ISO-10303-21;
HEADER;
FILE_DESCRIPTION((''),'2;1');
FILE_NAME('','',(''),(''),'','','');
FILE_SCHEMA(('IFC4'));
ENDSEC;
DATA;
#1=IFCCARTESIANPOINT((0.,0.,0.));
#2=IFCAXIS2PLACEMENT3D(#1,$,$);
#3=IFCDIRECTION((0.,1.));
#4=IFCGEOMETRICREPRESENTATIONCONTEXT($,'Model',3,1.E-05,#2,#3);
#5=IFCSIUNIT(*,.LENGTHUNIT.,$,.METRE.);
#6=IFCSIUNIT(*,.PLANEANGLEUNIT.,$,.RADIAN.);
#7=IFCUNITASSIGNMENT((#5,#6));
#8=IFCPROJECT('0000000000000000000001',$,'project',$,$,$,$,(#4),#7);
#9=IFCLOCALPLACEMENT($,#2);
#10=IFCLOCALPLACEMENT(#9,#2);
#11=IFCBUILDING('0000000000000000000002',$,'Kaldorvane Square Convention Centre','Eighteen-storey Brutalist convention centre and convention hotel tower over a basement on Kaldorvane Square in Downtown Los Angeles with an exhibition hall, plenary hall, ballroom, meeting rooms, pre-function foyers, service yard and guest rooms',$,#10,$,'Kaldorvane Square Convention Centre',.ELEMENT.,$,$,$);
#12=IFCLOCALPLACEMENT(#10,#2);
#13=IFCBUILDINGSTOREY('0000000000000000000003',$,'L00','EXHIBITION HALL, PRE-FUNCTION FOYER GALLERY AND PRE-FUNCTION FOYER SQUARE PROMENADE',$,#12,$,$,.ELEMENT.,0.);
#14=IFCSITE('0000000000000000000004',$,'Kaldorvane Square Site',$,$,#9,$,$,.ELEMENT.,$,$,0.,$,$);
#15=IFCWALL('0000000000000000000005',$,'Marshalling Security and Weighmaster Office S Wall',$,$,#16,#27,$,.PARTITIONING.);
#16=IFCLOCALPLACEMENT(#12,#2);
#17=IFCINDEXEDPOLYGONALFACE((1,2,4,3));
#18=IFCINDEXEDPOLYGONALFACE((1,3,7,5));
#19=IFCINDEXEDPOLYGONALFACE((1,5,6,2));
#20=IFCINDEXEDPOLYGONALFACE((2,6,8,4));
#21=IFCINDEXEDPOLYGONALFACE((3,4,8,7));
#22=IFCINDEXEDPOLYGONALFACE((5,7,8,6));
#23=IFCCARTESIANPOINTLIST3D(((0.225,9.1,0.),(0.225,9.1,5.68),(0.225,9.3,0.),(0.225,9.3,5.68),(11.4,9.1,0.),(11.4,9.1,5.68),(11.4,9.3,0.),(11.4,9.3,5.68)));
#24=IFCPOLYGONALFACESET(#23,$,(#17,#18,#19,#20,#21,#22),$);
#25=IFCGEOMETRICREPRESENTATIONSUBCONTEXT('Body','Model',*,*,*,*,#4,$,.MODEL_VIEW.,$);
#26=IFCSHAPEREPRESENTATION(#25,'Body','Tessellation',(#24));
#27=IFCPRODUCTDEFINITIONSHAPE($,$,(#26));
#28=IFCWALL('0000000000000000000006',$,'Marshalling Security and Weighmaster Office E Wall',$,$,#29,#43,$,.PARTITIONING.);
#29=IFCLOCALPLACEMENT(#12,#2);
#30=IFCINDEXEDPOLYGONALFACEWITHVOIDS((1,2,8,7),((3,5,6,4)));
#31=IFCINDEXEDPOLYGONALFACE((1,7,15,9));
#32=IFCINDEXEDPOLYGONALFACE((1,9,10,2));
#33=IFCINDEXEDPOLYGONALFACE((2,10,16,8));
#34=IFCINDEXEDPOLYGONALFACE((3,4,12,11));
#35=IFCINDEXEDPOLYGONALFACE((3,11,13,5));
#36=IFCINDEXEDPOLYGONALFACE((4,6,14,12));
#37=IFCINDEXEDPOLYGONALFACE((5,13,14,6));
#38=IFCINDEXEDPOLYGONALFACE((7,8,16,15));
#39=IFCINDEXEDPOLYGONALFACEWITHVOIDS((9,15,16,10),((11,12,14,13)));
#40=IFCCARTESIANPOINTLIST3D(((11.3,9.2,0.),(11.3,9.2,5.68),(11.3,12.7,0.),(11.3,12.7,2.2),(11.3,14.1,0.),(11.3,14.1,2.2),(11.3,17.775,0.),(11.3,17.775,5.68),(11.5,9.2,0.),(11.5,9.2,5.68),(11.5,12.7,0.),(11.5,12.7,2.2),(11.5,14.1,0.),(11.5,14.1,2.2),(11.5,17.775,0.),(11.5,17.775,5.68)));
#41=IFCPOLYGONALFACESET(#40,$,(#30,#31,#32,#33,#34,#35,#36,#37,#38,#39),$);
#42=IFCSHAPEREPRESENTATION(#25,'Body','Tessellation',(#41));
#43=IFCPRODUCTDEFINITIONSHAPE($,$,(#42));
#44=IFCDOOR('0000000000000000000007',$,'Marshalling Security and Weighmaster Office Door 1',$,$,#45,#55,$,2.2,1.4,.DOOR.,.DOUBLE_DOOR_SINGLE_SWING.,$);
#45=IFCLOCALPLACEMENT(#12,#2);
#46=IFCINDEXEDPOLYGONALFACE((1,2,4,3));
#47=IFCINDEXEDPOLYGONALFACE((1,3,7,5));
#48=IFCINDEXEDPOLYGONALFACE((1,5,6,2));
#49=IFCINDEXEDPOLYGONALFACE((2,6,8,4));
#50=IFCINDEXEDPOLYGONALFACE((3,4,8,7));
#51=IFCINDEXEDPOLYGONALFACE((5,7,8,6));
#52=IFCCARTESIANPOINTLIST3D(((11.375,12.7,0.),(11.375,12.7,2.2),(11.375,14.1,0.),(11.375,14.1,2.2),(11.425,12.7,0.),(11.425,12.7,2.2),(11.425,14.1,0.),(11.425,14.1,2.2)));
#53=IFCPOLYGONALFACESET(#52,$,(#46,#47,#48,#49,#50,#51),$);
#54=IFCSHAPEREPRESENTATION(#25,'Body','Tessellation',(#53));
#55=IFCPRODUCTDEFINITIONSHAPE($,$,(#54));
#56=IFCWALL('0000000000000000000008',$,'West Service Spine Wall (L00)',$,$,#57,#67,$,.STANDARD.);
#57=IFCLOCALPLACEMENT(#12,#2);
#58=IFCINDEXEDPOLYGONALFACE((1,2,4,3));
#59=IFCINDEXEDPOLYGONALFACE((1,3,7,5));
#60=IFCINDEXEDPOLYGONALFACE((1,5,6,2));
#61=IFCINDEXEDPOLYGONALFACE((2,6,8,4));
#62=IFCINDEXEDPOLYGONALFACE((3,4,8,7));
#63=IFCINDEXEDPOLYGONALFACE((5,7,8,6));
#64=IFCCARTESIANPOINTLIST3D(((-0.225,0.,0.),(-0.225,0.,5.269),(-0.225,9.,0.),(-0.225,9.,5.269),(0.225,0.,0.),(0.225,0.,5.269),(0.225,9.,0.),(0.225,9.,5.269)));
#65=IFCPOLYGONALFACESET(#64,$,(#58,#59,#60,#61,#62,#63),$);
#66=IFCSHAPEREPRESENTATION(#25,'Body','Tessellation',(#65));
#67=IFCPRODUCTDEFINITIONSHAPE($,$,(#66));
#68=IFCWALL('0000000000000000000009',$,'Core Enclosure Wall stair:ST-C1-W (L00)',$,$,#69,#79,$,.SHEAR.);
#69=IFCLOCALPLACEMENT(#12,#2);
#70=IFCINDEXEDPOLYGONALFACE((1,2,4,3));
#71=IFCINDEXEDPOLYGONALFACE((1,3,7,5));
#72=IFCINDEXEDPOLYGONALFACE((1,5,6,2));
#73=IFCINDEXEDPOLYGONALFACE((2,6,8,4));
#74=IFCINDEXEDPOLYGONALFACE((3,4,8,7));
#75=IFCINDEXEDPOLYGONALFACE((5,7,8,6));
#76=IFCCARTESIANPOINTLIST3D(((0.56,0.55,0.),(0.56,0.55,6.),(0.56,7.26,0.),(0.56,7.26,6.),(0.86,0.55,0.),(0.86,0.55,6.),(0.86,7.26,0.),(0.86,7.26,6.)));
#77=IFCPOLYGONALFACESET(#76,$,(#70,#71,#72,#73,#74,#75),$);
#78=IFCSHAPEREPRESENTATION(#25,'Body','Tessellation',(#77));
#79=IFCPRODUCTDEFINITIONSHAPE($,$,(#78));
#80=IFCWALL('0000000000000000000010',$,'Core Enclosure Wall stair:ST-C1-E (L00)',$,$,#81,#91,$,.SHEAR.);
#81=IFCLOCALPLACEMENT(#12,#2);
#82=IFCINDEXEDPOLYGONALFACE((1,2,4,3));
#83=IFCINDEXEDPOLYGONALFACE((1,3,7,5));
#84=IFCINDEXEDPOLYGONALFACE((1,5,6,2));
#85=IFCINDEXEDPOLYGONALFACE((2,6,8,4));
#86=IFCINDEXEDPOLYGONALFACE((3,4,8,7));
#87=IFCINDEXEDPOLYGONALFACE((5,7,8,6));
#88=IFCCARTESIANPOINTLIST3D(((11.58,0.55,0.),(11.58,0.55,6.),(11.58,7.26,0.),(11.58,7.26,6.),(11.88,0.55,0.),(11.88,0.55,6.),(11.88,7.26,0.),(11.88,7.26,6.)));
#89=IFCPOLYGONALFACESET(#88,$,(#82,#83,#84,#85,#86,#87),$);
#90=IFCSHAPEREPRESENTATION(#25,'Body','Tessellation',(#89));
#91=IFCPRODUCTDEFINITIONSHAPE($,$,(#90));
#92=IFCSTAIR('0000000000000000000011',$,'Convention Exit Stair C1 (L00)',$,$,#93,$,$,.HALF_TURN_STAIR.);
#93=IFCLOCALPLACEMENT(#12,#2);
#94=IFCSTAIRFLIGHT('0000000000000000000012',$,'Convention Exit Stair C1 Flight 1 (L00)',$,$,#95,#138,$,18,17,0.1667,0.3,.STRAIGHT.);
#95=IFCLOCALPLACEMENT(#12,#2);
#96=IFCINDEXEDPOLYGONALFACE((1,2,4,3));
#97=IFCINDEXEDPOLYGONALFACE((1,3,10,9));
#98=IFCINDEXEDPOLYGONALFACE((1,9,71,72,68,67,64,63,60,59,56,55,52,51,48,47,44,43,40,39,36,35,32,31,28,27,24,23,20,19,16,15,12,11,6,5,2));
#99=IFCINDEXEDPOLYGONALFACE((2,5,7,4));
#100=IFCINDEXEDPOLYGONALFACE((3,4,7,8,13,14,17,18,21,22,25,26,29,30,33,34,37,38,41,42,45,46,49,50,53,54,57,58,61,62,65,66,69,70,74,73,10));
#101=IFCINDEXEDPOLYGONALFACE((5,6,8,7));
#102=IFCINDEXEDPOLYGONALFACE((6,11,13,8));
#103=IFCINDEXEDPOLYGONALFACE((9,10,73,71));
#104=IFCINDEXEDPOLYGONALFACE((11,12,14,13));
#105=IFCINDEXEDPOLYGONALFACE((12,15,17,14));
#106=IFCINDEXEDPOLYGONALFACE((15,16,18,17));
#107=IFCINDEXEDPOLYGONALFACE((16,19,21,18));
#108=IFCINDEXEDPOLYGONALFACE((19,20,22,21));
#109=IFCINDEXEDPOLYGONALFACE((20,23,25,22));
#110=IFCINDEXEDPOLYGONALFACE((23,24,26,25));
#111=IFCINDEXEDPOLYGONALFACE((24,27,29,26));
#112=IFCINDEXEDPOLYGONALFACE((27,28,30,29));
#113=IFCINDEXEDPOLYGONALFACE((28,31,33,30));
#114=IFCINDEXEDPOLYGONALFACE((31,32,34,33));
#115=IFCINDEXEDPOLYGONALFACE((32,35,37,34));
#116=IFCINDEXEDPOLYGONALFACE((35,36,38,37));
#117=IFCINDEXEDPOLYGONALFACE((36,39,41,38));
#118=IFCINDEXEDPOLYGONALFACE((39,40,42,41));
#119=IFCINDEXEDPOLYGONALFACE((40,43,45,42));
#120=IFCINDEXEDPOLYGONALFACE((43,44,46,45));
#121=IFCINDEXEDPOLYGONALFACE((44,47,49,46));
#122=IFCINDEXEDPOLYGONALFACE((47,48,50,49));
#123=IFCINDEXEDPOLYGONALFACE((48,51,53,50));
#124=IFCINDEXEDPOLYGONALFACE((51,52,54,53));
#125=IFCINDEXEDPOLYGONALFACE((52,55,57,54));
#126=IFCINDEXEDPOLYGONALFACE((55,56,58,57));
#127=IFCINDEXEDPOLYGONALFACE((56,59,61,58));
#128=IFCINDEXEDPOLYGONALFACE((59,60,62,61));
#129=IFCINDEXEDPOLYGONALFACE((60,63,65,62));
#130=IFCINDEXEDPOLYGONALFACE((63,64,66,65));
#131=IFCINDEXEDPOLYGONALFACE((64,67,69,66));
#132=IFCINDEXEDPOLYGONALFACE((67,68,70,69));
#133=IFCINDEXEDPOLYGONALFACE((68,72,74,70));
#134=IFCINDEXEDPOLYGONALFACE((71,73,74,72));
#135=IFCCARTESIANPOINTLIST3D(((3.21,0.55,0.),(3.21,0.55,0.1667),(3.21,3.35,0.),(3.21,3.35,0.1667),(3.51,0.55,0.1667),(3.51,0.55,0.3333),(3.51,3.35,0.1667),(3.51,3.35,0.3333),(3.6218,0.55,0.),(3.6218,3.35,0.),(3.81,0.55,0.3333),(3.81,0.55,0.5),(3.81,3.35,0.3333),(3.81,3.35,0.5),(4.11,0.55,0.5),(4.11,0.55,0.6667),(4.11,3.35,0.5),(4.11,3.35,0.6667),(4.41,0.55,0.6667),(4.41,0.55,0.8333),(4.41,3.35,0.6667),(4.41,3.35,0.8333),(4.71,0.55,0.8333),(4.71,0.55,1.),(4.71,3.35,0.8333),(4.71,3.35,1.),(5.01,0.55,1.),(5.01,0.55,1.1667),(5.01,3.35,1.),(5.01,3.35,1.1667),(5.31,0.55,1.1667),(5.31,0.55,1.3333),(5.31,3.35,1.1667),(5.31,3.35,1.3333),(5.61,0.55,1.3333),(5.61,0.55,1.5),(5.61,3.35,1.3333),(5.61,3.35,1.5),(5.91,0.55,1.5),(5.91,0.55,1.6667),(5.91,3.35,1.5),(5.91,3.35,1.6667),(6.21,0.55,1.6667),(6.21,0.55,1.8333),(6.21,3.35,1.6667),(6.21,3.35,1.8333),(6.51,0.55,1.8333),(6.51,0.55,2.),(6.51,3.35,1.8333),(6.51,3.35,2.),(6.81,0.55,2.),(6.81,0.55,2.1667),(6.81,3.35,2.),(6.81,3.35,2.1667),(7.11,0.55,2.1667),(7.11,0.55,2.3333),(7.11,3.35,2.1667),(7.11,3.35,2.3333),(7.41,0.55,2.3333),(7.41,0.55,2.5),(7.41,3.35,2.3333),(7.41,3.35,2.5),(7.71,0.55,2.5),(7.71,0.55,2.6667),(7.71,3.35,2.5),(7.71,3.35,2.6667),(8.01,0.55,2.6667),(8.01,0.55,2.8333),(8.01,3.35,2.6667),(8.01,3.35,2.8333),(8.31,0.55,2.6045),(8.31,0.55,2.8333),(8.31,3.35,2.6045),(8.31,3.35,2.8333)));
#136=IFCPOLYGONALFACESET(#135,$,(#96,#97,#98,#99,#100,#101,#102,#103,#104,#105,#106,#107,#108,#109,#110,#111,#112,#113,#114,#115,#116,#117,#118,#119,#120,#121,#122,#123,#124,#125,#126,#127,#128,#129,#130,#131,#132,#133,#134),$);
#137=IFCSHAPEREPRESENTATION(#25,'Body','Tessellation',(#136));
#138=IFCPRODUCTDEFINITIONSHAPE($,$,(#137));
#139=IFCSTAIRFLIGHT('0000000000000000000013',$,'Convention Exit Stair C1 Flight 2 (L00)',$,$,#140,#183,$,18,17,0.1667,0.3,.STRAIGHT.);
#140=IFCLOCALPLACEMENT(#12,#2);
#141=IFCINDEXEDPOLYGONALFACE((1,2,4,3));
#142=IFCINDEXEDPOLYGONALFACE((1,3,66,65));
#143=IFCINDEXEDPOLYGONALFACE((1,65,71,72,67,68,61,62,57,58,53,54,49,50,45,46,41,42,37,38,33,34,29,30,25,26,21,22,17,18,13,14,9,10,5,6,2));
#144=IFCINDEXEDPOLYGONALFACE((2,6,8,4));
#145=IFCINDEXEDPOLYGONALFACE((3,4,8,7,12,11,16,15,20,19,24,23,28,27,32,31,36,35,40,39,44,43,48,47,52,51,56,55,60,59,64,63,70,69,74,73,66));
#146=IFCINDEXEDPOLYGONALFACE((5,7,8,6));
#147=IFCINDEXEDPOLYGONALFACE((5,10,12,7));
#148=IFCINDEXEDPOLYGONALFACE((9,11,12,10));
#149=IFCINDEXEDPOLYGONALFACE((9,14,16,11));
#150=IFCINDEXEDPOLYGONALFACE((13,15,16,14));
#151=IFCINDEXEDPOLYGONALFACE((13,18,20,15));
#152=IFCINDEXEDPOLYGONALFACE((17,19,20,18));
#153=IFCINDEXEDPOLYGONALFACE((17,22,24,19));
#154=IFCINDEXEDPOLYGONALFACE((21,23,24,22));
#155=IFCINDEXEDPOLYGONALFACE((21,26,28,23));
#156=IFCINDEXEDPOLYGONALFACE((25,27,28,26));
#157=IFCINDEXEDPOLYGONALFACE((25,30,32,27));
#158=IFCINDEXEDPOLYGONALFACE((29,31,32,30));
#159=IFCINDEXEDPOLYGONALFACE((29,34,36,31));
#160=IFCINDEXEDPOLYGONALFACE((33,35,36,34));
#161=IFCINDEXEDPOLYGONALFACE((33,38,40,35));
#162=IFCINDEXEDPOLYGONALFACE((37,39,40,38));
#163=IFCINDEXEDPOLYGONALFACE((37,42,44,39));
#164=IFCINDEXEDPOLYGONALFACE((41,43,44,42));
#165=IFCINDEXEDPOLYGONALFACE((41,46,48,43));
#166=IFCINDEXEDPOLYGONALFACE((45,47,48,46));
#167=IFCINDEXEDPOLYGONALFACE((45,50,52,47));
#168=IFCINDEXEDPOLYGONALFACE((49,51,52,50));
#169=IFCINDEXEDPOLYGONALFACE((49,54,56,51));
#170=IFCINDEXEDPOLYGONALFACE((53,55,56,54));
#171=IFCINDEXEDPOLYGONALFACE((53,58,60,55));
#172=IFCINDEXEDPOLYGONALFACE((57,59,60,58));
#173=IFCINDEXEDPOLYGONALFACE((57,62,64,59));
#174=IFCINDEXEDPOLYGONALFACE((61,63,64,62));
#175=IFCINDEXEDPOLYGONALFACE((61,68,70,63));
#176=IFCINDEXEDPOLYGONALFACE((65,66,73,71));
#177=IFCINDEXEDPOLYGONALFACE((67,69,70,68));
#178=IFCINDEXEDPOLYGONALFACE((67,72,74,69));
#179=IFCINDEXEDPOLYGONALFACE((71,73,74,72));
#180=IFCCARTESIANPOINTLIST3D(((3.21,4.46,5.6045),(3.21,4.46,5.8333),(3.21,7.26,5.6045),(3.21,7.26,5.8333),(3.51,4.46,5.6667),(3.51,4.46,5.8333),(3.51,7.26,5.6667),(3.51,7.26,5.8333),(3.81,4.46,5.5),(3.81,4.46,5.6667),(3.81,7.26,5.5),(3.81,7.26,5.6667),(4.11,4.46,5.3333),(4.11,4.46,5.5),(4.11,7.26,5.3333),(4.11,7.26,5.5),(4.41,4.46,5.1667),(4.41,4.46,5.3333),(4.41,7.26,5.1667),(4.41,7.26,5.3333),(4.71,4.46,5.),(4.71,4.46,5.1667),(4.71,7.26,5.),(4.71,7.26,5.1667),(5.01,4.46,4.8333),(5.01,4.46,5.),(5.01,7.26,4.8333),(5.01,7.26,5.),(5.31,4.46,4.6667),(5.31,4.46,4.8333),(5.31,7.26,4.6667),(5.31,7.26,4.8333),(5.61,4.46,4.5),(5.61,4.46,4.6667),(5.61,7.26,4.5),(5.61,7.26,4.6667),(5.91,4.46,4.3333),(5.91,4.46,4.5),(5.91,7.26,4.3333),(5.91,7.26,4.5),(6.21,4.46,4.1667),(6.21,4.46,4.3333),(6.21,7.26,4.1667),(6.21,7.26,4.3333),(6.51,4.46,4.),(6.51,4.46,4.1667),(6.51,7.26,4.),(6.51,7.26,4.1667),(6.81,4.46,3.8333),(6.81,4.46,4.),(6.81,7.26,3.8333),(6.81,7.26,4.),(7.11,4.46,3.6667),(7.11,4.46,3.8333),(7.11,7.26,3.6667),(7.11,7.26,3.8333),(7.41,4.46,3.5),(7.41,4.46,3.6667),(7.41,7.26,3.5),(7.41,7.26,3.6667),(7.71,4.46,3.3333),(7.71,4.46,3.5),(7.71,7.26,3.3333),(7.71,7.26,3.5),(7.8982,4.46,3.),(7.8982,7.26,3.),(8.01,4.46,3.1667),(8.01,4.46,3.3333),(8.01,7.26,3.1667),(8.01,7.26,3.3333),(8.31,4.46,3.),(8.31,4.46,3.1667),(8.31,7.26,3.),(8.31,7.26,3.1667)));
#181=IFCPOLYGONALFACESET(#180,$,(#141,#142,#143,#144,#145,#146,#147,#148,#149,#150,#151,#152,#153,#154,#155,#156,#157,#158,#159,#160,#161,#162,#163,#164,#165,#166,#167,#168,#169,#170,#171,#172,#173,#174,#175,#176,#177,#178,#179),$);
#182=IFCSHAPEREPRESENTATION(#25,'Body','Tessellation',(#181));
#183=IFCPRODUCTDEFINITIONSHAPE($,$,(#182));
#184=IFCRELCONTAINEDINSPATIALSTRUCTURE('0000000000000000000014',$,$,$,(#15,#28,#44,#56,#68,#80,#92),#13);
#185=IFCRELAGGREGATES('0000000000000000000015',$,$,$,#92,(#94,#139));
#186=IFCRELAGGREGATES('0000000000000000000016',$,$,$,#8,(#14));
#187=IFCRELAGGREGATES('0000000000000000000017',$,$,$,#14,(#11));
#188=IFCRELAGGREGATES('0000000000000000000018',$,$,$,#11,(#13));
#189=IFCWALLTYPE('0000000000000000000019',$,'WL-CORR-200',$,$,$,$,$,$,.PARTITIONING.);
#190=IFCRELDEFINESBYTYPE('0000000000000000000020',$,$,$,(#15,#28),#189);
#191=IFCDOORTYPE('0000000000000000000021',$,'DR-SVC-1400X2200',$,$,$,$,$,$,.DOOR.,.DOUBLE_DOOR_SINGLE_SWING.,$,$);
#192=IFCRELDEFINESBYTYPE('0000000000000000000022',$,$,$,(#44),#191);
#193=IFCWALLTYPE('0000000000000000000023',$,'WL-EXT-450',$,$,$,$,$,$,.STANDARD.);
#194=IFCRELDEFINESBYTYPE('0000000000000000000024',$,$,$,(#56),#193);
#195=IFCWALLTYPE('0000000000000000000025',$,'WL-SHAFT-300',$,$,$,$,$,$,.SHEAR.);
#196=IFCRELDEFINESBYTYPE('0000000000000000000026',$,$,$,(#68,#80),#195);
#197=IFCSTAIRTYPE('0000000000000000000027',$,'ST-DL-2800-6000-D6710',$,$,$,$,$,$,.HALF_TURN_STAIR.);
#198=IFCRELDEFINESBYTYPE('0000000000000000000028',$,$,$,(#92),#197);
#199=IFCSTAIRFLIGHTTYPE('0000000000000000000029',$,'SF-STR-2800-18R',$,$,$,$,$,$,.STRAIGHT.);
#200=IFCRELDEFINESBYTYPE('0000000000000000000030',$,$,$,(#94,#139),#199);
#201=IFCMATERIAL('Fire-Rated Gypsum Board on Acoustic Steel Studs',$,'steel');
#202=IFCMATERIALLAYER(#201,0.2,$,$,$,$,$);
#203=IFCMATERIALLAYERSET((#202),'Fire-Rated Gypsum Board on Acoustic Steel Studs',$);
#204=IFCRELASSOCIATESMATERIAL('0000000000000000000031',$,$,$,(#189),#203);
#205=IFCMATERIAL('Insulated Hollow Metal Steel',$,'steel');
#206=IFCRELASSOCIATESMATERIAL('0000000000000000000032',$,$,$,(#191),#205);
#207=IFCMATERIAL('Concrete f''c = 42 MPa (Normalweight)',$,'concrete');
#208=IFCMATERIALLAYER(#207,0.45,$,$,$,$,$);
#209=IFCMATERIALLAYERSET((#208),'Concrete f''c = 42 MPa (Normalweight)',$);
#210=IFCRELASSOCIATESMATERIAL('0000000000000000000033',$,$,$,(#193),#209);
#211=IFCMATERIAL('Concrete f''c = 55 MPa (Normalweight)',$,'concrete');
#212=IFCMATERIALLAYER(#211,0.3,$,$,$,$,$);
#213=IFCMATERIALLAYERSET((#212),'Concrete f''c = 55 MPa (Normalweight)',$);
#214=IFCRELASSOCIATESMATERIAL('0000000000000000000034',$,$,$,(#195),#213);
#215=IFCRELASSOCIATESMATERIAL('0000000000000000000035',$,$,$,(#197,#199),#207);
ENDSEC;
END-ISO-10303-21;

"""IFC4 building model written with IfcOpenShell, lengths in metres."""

from ifc_helpers import new_model, si_unit, direction, frame, frame_2d, origin, place, context, subcontext, project, spatial, polyline, rectangle, outline, extrude, material, layer, layer_set, type_object, element, fill, aggregate, save


model = new_model("IFC4")

# Units and contexts
model_context = context("Model", 3, precision=1e-05, world=origin(), true_north=direction((0.0, 1.0)))
body_context = subcontext(model_context, "Body", "Model", "MODEL_VIEW")
ifc_project = project(units=[si_unit("LENGTHUNIT", "METRE"), si_unit("PLANEANGLEUNIT", "RADIAN")], contexts=[model_context])

# Site, building, storey
site_placement = place(None, origin())
site = spatial("IfcSite", under=ifc_project, at=site_placement, Name="Kaldorvane Square Site", CompositionType="ELEMENT", RefElevation=0.0)
building_placement = place(site_placement, origin())
building = spatial("IfcBuilding", under=site, at=building_placement, Name="Kaldorvane Square Convention Centre", Description="Eighteen-storey Brutalist convention centre and convention hotel tower over a basement on Kaldorvane Square in Downtown Los Angeles with an exhibition hall, plenary hall, ballroom, meeting rooms, pre-function foyers, service yard and guest rooms", LongName="Kaldorvane Square Convention Centre", CompositionType="ELEMENT")
storey_placement = place(building_placement, origin())
storey = spatial("IfcBuildingStorey", under=building, at=storey_placement, Name="L00", Description="EXHIBITION HALL, PRE-FUNCTION FOYER GALLERY AND PRE-FUNCTION FOYER SQUARE PROMENADE", CompositionType="ELEMENT", Elevation=0.0)

# Wall
ifc_material_1 = material(Name="Fire-Rated Gypsum Board on Acoustic Steel Studs", Category="steel")
ifc_layer_1 = layer(ifc_material_1, 0.2)
ifc_layer_set_1 = layer_set([ifc_layer_1], Name="Fire-Rated Gypsum Board on Acoustic Steel Studs")
wall_type_1 = type_object("IfcWallType", Name="WL-CORR-200", PredefinedType="PARTITIONING", material=ifc_layer_set_1)
wall_1_placement = place(storey_placement, frame((0.225, 9.2, 0.0), z_axis=(0.0, 0.0, 1.0), x_axis=(1.0, 0.0, 0.0)))
element("IfcWall", 1, at=wall_1_placement, inside=storey, type_object=wall_type_1, Name="Marshalling Security and Weighmaster Office S Wall", PredefinedType="PARTITIONING", context=body_context, shape_type="SweptSolid", body=[
    extrude(rectangle(XDim=11.175, YDim=0.2, at=frame_2d((5.5875, 0.0))), origin(), (0.0, 0.0, 1.0), 5.68),
])

# Wall, opening, door
wall_2_placement = place(storey_placement, frame((11.4, 9.2, 0.0), z_axis=(0.0, 0.0, 1.0), x_axis=(0.0, 1.0, 0.0)))
wall_2 = element("IfcWall", 2, at=wall_2_placement, inside=storey, type_object=wall_type_1, Name="Marshalling Security and Weighmaster Office E Wall", PredefinedType="PARTITIONING", context=body_context, shape_type="SweptSolid", body=[
    extrude(rectangle(XDim=8.575, YDim=0.2, at=frame_2d((4.2875, 0.0))), origin(), (0.0, 0.0, 1.0), 5.68),
])
opening_placement = place(wall_2_placement, frame((3.5, 0.0, 0.0)))
opening = element("IfcOpeningElement", 3, at=opening_placement, cuts=wall_2, PredefinedType="OPENING", context=body_context, shape_type="SweptSolid", body=[
    extrude(rectangle(XDim=1.4, YDim=2.2, at=frame_2d((0.7, 1.1))), frame((0.0, 0.115, 0.0), z_axis=(0.0, -1.0, 0.0), x_axis=(1.0, 0.0, 0.0)), (0.0, 0.0, 1.0), 0.23),
])
ifc_material_2 = material(Name="Insulated Hollow Metal Steel", Category="steel")
door_type = type_object("IfcDoorType", Name="DR-SVC-1400X2200", OperationType="DOUBLE_DOOR_SINGLE_SWING", PredefinedType="DOOR", material=ifc_material_2)
door_placement = place(opening_placement, origin())
door = element("IfcDoor", 4, at=door_placement, inside=storey, type_object=door_type, Name="Marshalling Security and Weighmaster Office Door 1", OperationType="DOUBLE_DOOR_SINGLE_SWING", OverallHeight=2.2, OverallWidth=1.4, PredefinedType="DOOR", context=body_context, shape_type="SweptSolid", body=[
    extrude(rectangle(XDim=1.4, YDim=2.2, at=frame_2d((0.7, 1.1))), frame((0.0, 0.025, 0.0), z_axis=(0.0, -1.0, 0.0), x_axis=(1.0, 0.0, 0.0)), (0.0, 0.0, 1.0), 0.05),
])
fill(opening, door)

# Walls
ifc_material_3 = material(Name="Concrete f'c = 42 MPa (Normalweight)", Category="concrete")
ifc_layer_2 = layer(ifc_material_3, 0.45)
ifc_layer_set_2 = layer_set([ifc_layer_2], Name="Concrete f'c = 42 MPa (Normalweight)")
wall_type_2 = type_object("IfcWallType", Name="WL-EXT-450", PredefinedType="STANDARD", material=ifc_layer_set_2)
wall_3_placement = place(storey_placement, frame((0.0, 9.0, 0.0), z_axis=(0.0, 0.0, 1.0), x_axis=(0.0, -1.0, 0.0)))
element("IfcWall", 5, at=wall_3_placement, inside=storey, type_object=wall_type_2, Name="West Service Spine Wall (L00)", PredefinedType="STANDARD", context=body_context, shape_type="SweptSolid", body=[
    extrude(rectangle(XDim=9.0, YDim=0.45, at=frame_2d((4.5, 0.0))), origin(), (0.0, 0.0, 1.0), 5.269),
])
ifc_material_4 = material(Name="Concrete f'c = 55 MPa (Normalweight)", Category="concrete")
ifc_layer_3 = layer(ifc_material_4, 0.3)
ifc_layer_set_3 = layer_set([ifc_layer_3], Name="Concrete f'c = 55 MPa (Normalweight)")
wall_type_3 = type_object("IfcWallType", Name="WL-SHAFT-300", PredefinedType="SHEAR", material=ifc_layer_set_3)
for number, where, z_axis, x_axis, name in (
    (6, (0.71, 7.26, 0.0), (0.0, 0.0, 1.0), (0.0, -1.0, 0.0), "Core Enclosure Wall stair:ST-C1-W (L00)"),
    (7, (11.73, 0.55, 0.0), (0.0, 0.0, 1.0), (0.0, 1.0, 0.0), "Core Enclosure Wall stair:ST-C1-E (L00)"),
):
    element("IfcWall", number, at=place(storey_placement, frame(where, z_axis=z_axis, x_axis=x_axis)), inside=storey, type_object=wall_type_3, Name=name, PredefinedType="SHEAR", context=body_context, shape_type="SweptSolid", body=[
        extrude(rectangle(XDim=6.71, YDim=0.3, at=frame_2d((3.355, 0.0))), origin(), (0.0, 0.0, 1.0), 6.0),
    ])

# Stair, stair flights
stair_type = type_object("IfcStairType", Name="ST-DL-2800-6000-D6710", PredefinedType="HALF_TURN_STAIR", material=ifc_material_3)
stair_placement = place(storey_placement, origin())
stair = element("IfcStair", 8, at=stair_placement, inside=storey, type_object=stair_type, Name="Convention Exit Stair C1 (L00)", PredefinedType="HALF_TURN_STAIR")
stair_flight_type = type_object("IfcStairFlightType", Name="SF-STR-2800-18R", PredefinedType="STRAIGHT", material=ifc_material_3)
stair_flight_1_placement = place(storey_placement, frame((3.21, 1.95, 0.0), z_axis=(0.0, 0.0, 1.0), x_axis=(1.0, 0.0, 0.0)))
stair_flight_1 = element("IfcStairFlight", 9, at=stair_flight_1_placement, type_object=stair_flight_type, Name="Convention Exit Stair C1 Flight 1 (L00)", NumberOfRisers=18, NumberOfTreads=17, PredefinedType="STRAIGHT", RiserHeight=0.1667, TreadLength=0.3, context=body_context, shape_type="SweptSolid", body=[
    extrude(outline(polyline([(0.0, 0.0), (0.0, 0.1667), (0.3, 0.1667), (0.3, 0.3333), (0.6, 0.3333), (0.6, 0.5), (0.9, 0.5), (0.9, 0.6667), (1.2, 0.6667), (1.2, 0.8333), (1.5, 0.8333), (1.5, 1.0), (1.8, 1.0), (1.8, 1.1667), (2.1, 1.1667), (2.1, 1.3333), (2.4, 1.3333), (2.4, 1.5), (2.7, 1.5), (2.7, 1.6667), (3.0, 1.6667), (3.0, 1.8333), (3.3, 1.8333), (3.3, 2.0), (3.6, 2.0), (3.6, 2.1667), (3.9, 2.1667), (3.9, 2.3333), (4.2, 2.3333), (4.2, 2.5), (4.5, 2.5), (4.5, 2.6667), (4.8, 2.6667), (4.8, 2.8333), (5.1, 2.8333), (5.1, 3.0), (5.1, 2.6045), (0.4118, 0.0), (0.0, 0.0)])), frame((0.0, 1.4, 0.0), z_axis=(0.0, -1.0, 0.0), x_axis=(1.0, 0.0, 0.0)), (0.0, 0.0, 1.0), 2.8),
])
stair_flight_2_placement = place(storey_placement, frame((8.31, 5.86, 3.0), z_axis=(0.0, 0.0, 1.0), x_axis=(-1.0, 0.0, 0.0)))
stair_flight_2 = element("IfcStairFlight", 10, at=stair_flight_2_placement, type_object=stair_flight_type, Name="Convention Exit Stair C1 Flight 2 (L00)", NumberOfRisers=18, NumberOfTreads=17, PredefinedType="STRAIGHT", RiserHeight=0.1667, TreadLength=0.3, context=body_context, shape_type="SweptSolid", body=[
    extrude(outline(polyline([(0.0, 0.0), (0.0, 0.1667), (0.3, 0.1667), (0.3, 0.3333), (0.6, 0.3333), (0.6, 0.5), (0.9, 0.5), (0.9, 0.6667), (1.2, 0.6667), (1.2, 0.8333), (1.5, 0.8333), (1.5, 1.0), (1.8, 1.0), (1.8, 1.1667), (2.1, 1.1667), (2.1, 1.3333), (2.4, 1.3333), (2.4, 1.5), (2.7, 1.5), (2.7, 1.6667), (3.0, 1.6667), (3.0, 1.8333), (3.3, 1.8333), (3.3, 2.0), (3.6, 2.0), (3.6, 2.1667), (3.9, 2.1667), (3.9, 2.3333), (4.2, 2.3333), (4.2, 2.5), (4.5, 2.5), (4.5, 2.6667), (4.8, 2.6667), (4.8, 2.8333), (5.1, 2.8333), (5.1, 3.0), (5.1, 2.6045), (0.4118, 0.0), (0.0, 0.0)])), frame((0.0, 1.4, 0.0), z_axis=(0.0, -1.0, 0.0), x_axis=(1.0, 0.0, 0.0)), (0.0, 0.0, 1.0), 2.8),
])
aggregate(stair, [stair_flight_1, stair_flight_2])

save(model, "model.ifc")
